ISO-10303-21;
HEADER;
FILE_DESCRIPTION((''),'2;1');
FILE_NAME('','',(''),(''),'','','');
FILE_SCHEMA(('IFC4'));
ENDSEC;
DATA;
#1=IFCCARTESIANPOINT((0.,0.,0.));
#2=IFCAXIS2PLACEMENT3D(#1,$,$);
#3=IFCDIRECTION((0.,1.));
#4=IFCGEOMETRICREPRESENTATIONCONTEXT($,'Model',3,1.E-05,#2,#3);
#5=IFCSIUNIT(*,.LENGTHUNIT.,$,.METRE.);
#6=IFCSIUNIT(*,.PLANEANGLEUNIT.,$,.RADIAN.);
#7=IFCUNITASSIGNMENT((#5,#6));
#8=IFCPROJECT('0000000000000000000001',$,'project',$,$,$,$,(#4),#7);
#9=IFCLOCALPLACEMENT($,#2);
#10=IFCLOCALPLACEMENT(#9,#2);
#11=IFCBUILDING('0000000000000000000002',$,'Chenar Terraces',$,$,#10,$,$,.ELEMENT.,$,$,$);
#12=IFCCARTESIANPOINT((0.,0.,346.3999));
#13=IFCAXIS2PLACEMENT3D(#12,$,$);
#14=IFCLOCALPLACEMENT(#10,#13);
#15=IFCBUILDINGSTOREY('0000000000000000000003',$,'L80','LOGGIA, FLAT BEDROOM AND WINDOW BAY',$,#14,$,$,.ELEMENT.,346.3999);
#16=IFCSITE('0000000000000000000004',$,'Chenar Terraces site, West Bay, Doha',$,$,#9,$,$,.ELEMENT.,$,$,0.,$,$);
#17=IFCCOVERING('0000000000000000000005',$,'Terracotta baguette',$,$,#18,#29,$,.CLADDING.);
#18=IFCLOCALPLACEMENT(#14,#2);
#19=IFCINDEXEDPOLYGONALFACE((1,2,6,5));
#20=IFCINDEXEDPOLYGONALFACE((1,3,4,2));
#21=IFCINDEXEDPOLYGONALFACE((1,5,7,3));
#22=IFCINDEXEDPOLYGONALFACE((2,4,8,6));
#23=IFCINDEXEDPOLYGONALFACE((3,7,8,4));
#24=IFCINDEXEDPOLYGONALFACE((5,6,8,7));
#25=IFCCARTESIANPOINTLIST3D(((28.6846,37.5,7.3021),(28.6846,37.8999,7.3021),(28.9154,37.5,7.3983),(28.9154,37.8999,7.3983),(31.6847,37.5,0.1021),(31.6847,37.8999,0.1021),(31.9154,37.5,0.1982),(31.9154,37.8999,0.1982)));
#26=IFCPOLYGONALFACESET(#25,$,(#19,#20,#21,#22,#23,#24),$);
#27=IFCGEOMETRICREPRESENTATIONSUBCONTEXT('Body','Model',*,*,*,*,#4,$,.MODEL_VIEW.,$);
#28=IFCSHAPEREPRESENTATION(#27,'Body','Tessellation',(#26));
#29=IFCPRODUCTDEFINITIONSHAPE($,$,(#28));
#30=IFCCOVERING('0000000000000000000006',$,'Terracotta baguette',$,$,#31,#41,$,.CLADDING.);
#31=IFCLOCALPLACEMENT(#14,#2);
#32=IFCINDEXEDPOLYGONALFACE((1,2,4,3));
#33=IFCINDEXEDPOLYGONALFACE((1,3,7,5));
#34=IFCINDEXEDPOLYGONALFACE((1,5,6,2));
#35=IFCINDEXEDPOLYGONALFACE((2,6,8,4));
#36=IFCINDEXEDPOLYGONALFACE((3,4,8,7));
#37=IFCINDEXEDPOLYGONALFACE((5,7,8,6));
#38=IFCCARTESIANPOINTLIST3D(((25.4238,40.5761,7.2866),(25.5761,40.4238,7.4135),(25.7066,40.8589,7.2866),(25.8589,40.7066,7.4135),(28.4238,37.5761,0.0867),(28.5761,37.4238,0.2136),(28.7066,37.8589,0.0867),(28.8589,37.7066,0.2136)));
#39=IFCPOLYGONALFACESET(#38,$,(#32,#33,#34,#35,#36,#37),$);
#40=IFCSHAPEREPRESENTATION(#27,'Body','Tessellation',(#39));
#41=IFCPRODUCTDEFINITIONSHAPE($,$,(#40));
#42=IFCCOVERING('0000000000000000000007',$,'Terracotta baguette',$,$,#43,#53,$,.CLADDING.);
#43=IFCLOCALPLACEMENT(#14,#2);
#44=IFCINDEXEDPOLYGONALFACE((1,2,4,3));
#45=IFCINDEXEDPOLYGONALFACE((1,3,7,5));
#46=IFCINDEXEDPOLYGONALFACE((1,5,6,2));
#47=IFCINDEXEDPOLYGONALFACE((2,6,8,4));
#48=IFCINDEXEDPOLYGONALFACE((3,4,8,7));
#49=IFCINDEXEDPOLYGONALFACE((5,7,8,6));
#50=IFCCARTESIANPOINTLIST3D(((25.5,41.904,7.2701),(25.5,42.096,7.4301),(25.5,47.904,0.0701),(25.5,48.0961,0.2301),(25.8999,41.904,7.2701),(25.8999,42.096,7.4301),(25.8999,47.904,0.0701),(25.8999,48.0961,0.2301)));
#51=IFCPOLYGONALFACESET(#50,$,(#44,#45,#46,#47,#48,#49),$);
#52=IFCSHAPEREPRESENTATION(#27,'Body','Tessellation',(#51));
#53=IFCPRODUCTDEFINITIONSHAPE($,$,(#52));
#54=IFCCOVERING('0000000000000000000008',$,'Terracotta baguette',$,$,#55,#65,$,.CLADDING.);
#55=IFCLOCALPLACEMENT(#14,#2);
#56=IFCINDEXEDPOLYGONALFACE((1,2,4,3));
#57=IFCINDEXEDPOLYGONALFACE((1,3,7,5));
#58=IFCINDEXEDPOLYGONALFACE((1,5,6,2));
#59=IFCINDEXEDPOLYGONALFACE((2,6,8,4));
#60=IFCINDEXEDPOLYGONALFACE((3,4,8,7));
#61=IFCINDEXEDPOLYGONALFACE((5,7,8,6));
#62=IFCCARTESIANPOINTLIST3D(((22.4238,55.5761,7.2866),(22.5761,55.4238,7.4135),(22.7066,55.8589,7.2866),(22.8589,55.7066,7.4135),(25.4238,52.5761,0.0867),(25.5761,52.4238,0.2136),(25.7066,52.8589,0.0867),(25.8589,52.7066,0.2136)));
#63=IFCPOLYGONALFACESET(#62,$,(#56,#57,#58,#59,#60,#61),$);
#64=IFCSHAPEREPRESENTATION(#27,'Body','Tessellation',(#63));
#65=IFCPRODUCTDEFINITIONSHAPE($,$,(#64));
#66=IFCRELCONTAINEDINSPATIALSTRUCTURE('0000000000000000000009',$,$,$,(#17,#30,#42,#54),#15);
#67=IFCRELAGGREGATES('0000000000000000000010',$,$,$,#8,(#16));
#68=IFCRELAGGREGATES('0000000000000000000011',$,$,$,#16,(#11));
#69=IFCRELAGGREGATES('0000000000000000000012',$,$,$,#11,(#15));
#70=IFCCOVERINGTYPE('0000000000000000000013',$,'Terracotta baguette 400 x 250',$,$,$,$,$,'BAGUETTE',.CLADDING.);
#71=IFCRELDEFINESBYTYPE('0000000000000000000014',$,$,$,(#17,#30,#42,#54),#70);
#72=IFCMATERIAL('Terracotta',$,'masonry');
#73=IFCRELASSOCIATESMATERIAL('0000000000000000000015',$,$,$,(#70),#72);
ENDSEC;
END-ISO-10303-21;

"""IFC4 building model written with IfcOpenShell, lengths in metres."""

from ifc_helpers import new_model, si_unit, direction, frame, origin, origin_2d, place, context, subcontext, project, spatial, rectangle, extrude, material, material_profile, profile_set, type_object, element, save


model = new_model("IFC4")

# Units and contexts
model_context = context("Model", 3, precision=1e-05, world=origin(), true_north=direction((0.0, 1.0)))
body_context = subcontext(model_context, "Body", "Model", "MODEL_VIEW")
ifc_project = project(units=[si_unit("LENGTHUNIT", "METRE"), si_unit("PLANEANGLEUNIT", "RADIAN")], contexts=[model_context])

# Site, building, storey
site_placement = place(None, origin())
site = spatial("IfcSite", under=ifc_project, at=site_placement, Name="Chenar Terraces site, West Bay, Doha", CompositionType="ELEMENT", RefElevation=0.0)
building_placement = place(site_placement, origin())
building = spatial("IfcBuilding", under=site, at=building_placement, Name="Chenar Terraces", CompositionType="ELEMENT")
storey_placement = place(building_placement, frame((0.0, 0.0, 346.3999)))
storey = spatial("IfcBuildingStorey", under=building, at=storey_placement, Name="L80", Description="LOGGIA, FLAT BEDROOM AND WINDOW BAY", CompositionType="ELEMENT", Elevation=346.3999)

# Coverings
ifc_material_1 = material(Name="Terracotta", Category="masonry")
ifc_material_profile_1 = material_profile(ifc_material_1, rectangle(XDim=0.3999, YDim=0.25, at=origin_2d()), Name="Terracotta baguette 400 x 250")
ifc_profile_set_1 = profile_set([ifc_material_profile_1], Name="Terracotta")
covering_type = type_object("IfcCoveringType", Name="Terracotta baguette 400 x 250", ElementType="BAGUETTE", PredefinedType="CLADDING", material=ifc_profile_set_1)
covering_1_placement = place(storey_placement, frame((31.8, 37.7, 0.1501), z_axis=(-0.384618, 0.0, 0.923076), x_axis=(0.0, -1.0, 0.0)))
element("IfcCovering", 1, at=covering_1_placement, inside=storey, type_object=covering_type, Name="Terracotta baguette", PredefinedType="CLADDING", context=body_context, shape_type="SweptSolid", body=[
    extrude(rectangle(XDim=0.3999, YDim=0.25, at=origin_2d()), origin(), (0.0, 0.0, 1.0), 7.8),
])
covering_2_placement = place(storey_placement, frame((28.6414, 37.6414, 0.1501), z_axis=(-0.358981, 0.358981, 0.861548), x_axis=(-0.707107, -0.707107, 0.0)))
element("IfcCovering", 2, at=covering_2_placement, inside=storey, type_object=covering_type, Name="Terracotta baguette", PredefinedType="CLADDING", context=body_context, shape_type="SweptSolid", body=[
    extrude(rectangle(XDim=0.3999, YDim=0.25, at=origin_2d()), origin(), (0.0, 0.0, 1.0), 8.3569),
])
covering_3_placement = place(storey_placement, frame((25.7, 42.0, 7.3501), z_axis=(0.0, 0.640187, -0.768219), x_axis=(-1.0, 0.0, 0.0)))
element("IfcCovering", 3, at=covering_3_placement, inside=storey, type_object=covering_type, Name="Terracotta baguette", PredefinedType="CLADDING", context=body_context, shape_type="SweptSolid", body=[
    extrude(rectangle(XDim=0.3999, YDim=0.25, at=origin_2d()), origin(), (0.0, 0.0, 1.0), 9.3723),
])
covering_4_placement = place(storey_placement, frame((25.6414, 52.6414, 0.1501), z_axis=(-0.358981, 0.358981, 0.861548), x_axis=(-0.707107, -0.707107, 0.0)))
element("IfcCovering", 4, at=covering_4_placement, inside=storey, type_object=covering_type, Name="Terracotta baguette", PredefinedType="CLADDING", context=body_context, shape_type="SweptSolid", body=[
    extrude(rectangle(XDim=0.3999, YDim=0.25, at=origin_2d()), origin(), (0.0, 0.0, 1.0), 8.3569),
])

save(model, "model.ifc")
